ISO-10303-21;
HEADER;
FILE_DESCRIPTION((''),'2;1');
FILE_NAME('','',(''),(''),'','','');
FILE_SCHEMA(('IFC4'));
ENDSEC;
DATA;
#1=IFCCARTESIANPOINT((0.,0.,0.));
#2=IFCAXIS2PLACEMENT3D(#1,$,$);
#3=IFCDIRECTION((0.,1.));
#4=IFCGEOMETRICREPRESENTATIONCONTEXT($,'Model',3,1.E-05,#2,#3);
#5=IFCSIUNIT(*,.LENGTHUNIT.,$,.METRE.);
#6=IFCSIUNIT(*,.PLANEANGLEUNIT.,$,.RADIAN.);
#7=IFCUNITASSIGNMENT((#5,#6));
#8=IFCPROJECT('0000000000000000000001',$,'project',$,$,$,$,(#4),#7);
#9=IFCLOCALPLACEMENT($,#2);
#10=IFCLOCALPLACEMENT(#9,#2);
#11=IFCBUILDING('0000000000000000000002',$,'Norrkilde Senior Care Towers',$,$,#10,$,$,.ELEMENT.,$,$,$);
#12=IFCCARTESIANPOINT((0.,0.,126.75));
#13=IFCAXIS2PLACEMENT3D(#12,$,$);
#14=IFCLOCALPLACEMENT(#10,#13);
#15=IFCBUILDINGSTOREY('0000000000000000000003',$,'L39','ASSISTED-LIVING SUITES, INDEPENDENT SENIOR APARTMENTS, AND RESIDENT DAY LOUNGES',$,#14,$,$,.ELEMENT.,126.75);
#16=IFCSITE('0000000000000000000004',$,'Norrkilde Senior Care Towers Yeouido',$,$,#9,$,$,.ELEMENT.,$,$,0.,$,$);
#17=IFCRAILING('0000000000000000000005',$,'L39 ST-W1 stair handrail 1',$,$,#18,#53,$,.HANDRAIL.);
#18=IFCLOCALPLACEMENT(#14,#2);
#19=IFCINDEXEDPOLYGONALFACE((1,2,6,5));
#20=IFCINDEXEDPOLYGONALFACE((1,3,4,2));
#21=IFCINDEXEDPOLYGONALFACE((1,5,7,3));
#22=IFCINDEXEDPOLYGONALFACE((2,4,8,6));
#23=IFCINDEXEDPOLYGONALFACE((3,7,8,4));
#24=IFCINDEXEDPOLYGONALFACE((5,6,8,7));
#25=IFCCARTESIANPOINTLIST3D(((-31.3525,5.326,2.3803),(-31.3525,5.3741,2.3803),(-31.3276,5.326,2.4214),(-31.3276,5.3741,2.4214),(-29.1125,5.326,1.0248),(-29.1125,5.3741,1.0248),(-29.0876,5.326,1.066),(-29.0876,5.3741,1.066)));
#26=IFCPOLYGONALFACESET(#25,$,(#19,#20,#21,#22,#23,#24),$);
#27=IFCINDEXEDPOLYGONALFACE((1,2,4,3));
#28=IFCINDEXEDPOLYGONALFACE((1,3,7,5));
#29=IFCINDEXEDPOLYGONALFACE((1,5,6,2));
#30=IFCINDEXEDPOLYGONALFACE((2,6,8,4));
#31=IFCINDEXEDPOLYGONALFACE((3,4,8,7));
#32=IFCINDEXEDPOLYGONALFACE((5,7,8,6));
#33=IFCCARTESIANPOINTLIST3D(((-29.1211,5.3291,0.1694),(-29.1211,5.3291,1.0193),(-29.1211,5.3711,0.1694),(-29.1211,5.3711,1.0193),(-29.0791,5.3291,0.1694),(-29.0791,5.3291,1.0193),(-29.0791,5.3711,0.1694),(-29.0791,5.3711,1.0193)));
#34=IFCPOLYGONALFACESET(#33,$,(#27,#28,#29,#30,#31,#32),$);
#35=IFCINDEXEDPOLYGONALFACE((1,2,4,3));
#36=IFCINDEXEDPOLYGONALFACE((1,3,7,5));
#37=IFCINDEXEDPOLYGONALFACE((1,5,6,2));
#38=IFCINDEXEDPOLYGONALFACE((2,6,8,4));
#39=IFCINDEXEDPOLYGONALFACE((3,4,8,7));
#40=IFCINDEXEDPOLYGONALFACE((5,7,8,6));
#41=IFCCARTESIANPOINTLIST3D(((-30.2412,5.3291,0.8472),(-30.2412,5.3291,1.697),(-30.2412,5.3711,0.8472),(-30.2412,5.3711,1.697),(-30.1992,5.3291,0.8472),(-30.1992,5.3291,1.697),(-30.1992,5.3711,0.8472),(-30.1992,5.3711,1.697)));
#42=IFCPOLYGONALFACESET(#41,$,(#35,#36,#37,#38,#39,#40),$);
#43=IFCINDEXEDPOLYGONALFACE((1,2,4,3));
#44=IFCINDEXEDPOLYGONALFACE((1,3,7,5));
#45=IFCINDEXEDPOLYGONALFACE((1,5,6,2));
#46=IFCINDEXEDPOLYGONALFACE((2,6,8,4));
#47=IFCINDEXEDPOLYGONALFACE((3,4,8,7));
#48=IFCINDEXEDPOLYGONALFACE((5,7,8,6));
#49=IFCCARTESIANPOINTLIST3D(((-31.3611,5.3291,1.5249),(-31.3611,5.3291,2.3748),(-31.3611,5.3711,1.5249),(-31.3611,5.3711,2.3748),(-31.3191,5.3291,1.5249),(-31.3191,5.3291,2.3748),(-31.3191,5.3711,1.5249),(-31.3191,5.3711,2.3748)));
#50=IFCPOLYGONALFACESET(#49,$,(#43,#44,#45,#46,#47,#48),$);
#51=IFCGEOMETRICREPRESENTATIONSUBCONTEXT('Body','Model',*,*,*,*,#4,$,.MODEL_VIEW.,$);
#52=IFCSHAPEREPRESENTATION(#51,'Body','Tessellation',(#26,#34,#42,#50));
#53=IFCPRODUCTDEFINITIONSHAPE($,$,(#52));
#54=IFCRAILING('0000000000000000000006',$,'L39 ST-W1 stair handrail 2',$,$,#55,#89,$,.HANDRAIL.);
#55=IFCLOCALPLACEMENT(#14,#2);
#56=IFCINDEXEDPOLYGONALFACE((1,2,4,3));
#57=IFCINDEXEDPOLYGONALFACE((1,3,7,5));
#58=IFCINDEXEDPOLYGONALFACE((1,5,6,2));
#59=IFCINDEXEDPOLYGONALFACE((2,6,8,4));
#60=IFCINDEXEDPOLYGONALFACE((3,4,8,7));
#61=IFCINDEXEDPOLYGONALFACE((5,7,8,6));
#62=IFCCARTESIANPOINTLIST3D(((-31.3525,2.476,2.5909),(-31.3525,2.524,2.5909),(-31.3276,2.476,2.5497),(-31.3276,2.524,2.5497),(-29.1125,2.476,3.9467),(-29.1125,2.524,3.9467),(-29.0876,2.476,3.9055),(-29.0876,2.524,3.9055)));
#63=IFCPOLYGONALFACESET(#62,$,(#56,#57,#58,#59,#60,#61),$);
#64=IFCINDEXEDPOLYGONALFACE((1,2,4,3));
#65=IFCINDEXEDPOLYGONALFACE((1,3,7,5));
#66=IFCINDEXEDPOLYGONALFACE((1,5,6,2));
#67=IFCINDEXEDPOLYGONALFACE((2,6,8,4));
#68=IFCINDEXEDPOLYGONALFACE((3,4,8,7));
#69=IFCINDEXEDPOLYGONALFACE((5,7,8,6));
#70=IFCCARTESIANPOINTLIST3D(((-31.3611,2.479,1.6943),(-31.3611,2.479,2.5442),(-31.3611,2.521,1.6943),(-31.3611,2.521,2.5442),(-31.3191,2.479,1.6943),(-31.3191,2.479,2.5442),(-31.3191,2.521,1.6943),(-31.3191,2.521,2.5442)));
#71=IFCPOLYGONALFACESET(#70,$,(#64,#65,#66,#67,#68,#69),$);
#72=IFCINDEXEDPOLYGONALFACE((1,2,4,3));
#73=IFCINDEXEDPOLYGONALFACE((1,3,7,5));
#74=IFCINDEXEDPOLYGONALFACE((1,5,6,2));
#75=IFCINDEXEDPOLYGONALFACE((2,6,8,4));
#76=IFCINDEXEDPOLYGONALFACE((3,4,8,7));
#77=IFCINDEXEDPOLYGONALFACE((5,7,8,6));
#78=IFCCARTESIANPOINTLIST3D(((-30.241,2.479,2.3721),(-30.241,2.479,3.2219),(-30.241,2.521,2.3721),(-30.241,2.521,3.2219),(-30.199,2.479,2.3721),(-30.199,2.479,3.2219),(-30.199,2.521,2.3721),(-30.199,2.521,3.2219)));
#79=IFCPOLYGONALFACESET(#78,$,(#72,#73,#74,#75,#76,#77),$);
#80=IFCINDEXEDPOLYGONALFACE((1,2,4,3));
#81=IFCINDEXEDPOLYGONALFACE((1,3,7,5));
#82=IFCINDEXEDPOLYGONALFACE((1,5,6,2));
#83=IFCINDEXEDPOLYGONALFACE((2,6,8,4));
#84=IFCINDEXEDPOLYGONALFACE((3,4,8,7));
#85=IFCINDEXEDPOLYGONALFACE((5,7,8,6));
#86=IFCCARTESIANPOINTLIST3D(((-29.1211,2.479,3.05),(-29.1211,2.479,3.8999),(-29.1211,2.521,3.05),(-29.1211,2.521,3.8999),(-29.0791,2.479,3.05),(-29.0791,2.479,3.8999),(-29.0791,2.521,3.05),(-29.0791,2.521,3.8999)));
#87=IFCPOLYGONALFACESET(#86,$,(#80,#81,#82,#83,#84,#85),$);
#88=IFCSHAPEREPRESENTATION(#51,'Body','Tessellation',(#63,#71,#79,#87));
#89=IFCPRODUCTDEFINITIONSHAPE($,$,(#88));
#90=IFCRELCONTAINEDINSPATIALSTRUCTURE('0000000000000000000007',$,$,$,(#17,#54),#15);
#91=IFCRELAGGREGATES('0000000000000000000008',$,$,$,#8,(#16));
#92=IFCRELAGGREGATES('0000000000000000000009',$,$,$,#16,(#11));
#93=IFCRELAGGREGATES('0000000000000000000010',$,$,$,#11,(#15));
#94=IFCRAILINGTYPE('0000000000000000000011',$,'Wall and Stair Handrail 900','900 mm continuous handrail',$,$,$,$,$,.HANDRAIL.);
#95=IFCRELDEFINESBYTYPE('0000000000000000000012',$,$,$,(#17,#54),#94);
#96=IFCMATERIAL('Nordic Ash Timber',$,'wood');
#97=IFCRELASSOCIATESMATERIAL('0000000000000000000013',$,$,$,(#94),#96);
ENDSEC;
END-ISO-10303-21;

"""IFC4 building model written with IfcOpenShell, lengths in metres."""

from ifc_helpers import new_model, si_unit, direction, frame, origin, origin_2d, place, context, subcontext, project, spatial, rectangle, extrude, material, type_object, element, save


model = new_model("IFC4")

# Units and contexts
model_context = context("Model", 3, precision=1e-05, world=origin(), true_north=direction((0.0, 1.0)))
body_context = subcontext(model_context, "Body", "Model", "MODEL_VIEW")
ifc_project = project(units=[si_unit("LENGTHUNIT", "METRE"), si_unit("PLANEANGLEUNIT", "RADIAN")], contexts=[model_context])

# Site, building, storey
site_placement = place(None, origin())
site = spatial("IfcSite", under=ifc_project, at=site_placement, Name="Norrkilde Senior Care Towers Yeouido", CompositionType="ELEMENT", RefElevation=0.0)
building_placement = place(site_placement, origin())
building = spatial("IfcBuilding", under=site, at=building_placement, Name="Norrkilde Senior Care Towers", CompositionType="ELEMENT")
storey_placement = place(building_placement, frame((0.0, 0.0, 126.75)))
storey = spatial("IfcBuildingStorey", under=building, at=storey_placement, Name="L39", Description="ASSISTED-LIVING SUITES, INDEPENDENT SENIOR APARTMENTS, AND RESIDENT DAY LOUNGES", CompositionType="ELEMENT", Elevation=126.75)

# Shared definitions
ifc_material_1 = material(Name="Nordic Ash Timber", Category="wood")

# Railings
railing_type_1 = type_object("IfcRailingType", Name="Wall and Stair Handrail 900", Description="900 mm continuous handrail", PredefinedType="HANDRAIL", material=ifc_material_1)
railing_1_placement = place(storey_placement, frame((-29.1001, 5.3501, 0.1694)))
element("IfcRailing", 1, at=railing_1_placement, inside=storey, type_object=railing_type_1, Name="L39 ST-W1 stair handrail 1", PredefinedType="HANDRAIL", context=body_context, shape_type="SweptSolid", body=[
    extrude(rectangle(XDim=0.0481, YDim=0.0481, at=origin_2d()), frame((0.0, 0.0, 0.876), z_axis=(-0.855553, 0.0, 0.517715), x_axis=(0.0, -1.0, 0.0)), (0.0, 0.0, 1.0), 2.6182),
    extrude(rectangle(XDim=0.042, YDim=0.042, at=origin_2d()), origin(), (0.0, 0.0, 1.0), 0.8499),
    extrude(rectangle(XDim=0.042, YDim=0.042, at=origin_2d()), frame((-1.1201, 0.0, 0.6777)), (0.0, 0.0, 1.0), 0.8499),
    extrude(rectangle(XDim=0.042, YDim=0.042, at=origin_2d()), frame((-2.24, 0.0, 1.3555)), (0.0, 0.0, 1.0), 0.8499),
])
railing_2_placement = place(storey_placement, frame((-31.3401, 2.5, 1.6943)))
element("IfcRailing", 2, at=railing_2_placement, inside=storey, type_object=railing_type_1, Name="L39 ST-W1 stair handrail 2", PredefinedType="HANDRAIL", context=body_context, shape_type="SweptSolid", body=[
    extrude(rectangle(XDim=0.0481, YDim=0.0481, at=origin_2d()), frame((0.0, 0.0, 0.876), z_axis=(0.855512, 0.0, 0.517783), x_axis=(0.0, 1.0, 0.0)), (0.0, 0.0, 1.0), 2.6184),
    extrude(rectangle(XDim=0.042, YDim=0.042, at=origin_2d()), origin(), (0.0, 0.0, 1.0), 0.8499),
    extrude(rectangle(XDim=0.042, YDim=0.042, at=origin_2d()), frame((1.1201, 0.0, 0.6777)), (0.0, 0.0, 1.0), 0.8499),
    extrude(rectangle(XDim=0.042, YDim=0.042, at=origin_2d()), frame((2.24, 0.0, 1.3557)), (0.0, 0.0, 1.0), 0.8499),
])

save(model, "model.ifc")
